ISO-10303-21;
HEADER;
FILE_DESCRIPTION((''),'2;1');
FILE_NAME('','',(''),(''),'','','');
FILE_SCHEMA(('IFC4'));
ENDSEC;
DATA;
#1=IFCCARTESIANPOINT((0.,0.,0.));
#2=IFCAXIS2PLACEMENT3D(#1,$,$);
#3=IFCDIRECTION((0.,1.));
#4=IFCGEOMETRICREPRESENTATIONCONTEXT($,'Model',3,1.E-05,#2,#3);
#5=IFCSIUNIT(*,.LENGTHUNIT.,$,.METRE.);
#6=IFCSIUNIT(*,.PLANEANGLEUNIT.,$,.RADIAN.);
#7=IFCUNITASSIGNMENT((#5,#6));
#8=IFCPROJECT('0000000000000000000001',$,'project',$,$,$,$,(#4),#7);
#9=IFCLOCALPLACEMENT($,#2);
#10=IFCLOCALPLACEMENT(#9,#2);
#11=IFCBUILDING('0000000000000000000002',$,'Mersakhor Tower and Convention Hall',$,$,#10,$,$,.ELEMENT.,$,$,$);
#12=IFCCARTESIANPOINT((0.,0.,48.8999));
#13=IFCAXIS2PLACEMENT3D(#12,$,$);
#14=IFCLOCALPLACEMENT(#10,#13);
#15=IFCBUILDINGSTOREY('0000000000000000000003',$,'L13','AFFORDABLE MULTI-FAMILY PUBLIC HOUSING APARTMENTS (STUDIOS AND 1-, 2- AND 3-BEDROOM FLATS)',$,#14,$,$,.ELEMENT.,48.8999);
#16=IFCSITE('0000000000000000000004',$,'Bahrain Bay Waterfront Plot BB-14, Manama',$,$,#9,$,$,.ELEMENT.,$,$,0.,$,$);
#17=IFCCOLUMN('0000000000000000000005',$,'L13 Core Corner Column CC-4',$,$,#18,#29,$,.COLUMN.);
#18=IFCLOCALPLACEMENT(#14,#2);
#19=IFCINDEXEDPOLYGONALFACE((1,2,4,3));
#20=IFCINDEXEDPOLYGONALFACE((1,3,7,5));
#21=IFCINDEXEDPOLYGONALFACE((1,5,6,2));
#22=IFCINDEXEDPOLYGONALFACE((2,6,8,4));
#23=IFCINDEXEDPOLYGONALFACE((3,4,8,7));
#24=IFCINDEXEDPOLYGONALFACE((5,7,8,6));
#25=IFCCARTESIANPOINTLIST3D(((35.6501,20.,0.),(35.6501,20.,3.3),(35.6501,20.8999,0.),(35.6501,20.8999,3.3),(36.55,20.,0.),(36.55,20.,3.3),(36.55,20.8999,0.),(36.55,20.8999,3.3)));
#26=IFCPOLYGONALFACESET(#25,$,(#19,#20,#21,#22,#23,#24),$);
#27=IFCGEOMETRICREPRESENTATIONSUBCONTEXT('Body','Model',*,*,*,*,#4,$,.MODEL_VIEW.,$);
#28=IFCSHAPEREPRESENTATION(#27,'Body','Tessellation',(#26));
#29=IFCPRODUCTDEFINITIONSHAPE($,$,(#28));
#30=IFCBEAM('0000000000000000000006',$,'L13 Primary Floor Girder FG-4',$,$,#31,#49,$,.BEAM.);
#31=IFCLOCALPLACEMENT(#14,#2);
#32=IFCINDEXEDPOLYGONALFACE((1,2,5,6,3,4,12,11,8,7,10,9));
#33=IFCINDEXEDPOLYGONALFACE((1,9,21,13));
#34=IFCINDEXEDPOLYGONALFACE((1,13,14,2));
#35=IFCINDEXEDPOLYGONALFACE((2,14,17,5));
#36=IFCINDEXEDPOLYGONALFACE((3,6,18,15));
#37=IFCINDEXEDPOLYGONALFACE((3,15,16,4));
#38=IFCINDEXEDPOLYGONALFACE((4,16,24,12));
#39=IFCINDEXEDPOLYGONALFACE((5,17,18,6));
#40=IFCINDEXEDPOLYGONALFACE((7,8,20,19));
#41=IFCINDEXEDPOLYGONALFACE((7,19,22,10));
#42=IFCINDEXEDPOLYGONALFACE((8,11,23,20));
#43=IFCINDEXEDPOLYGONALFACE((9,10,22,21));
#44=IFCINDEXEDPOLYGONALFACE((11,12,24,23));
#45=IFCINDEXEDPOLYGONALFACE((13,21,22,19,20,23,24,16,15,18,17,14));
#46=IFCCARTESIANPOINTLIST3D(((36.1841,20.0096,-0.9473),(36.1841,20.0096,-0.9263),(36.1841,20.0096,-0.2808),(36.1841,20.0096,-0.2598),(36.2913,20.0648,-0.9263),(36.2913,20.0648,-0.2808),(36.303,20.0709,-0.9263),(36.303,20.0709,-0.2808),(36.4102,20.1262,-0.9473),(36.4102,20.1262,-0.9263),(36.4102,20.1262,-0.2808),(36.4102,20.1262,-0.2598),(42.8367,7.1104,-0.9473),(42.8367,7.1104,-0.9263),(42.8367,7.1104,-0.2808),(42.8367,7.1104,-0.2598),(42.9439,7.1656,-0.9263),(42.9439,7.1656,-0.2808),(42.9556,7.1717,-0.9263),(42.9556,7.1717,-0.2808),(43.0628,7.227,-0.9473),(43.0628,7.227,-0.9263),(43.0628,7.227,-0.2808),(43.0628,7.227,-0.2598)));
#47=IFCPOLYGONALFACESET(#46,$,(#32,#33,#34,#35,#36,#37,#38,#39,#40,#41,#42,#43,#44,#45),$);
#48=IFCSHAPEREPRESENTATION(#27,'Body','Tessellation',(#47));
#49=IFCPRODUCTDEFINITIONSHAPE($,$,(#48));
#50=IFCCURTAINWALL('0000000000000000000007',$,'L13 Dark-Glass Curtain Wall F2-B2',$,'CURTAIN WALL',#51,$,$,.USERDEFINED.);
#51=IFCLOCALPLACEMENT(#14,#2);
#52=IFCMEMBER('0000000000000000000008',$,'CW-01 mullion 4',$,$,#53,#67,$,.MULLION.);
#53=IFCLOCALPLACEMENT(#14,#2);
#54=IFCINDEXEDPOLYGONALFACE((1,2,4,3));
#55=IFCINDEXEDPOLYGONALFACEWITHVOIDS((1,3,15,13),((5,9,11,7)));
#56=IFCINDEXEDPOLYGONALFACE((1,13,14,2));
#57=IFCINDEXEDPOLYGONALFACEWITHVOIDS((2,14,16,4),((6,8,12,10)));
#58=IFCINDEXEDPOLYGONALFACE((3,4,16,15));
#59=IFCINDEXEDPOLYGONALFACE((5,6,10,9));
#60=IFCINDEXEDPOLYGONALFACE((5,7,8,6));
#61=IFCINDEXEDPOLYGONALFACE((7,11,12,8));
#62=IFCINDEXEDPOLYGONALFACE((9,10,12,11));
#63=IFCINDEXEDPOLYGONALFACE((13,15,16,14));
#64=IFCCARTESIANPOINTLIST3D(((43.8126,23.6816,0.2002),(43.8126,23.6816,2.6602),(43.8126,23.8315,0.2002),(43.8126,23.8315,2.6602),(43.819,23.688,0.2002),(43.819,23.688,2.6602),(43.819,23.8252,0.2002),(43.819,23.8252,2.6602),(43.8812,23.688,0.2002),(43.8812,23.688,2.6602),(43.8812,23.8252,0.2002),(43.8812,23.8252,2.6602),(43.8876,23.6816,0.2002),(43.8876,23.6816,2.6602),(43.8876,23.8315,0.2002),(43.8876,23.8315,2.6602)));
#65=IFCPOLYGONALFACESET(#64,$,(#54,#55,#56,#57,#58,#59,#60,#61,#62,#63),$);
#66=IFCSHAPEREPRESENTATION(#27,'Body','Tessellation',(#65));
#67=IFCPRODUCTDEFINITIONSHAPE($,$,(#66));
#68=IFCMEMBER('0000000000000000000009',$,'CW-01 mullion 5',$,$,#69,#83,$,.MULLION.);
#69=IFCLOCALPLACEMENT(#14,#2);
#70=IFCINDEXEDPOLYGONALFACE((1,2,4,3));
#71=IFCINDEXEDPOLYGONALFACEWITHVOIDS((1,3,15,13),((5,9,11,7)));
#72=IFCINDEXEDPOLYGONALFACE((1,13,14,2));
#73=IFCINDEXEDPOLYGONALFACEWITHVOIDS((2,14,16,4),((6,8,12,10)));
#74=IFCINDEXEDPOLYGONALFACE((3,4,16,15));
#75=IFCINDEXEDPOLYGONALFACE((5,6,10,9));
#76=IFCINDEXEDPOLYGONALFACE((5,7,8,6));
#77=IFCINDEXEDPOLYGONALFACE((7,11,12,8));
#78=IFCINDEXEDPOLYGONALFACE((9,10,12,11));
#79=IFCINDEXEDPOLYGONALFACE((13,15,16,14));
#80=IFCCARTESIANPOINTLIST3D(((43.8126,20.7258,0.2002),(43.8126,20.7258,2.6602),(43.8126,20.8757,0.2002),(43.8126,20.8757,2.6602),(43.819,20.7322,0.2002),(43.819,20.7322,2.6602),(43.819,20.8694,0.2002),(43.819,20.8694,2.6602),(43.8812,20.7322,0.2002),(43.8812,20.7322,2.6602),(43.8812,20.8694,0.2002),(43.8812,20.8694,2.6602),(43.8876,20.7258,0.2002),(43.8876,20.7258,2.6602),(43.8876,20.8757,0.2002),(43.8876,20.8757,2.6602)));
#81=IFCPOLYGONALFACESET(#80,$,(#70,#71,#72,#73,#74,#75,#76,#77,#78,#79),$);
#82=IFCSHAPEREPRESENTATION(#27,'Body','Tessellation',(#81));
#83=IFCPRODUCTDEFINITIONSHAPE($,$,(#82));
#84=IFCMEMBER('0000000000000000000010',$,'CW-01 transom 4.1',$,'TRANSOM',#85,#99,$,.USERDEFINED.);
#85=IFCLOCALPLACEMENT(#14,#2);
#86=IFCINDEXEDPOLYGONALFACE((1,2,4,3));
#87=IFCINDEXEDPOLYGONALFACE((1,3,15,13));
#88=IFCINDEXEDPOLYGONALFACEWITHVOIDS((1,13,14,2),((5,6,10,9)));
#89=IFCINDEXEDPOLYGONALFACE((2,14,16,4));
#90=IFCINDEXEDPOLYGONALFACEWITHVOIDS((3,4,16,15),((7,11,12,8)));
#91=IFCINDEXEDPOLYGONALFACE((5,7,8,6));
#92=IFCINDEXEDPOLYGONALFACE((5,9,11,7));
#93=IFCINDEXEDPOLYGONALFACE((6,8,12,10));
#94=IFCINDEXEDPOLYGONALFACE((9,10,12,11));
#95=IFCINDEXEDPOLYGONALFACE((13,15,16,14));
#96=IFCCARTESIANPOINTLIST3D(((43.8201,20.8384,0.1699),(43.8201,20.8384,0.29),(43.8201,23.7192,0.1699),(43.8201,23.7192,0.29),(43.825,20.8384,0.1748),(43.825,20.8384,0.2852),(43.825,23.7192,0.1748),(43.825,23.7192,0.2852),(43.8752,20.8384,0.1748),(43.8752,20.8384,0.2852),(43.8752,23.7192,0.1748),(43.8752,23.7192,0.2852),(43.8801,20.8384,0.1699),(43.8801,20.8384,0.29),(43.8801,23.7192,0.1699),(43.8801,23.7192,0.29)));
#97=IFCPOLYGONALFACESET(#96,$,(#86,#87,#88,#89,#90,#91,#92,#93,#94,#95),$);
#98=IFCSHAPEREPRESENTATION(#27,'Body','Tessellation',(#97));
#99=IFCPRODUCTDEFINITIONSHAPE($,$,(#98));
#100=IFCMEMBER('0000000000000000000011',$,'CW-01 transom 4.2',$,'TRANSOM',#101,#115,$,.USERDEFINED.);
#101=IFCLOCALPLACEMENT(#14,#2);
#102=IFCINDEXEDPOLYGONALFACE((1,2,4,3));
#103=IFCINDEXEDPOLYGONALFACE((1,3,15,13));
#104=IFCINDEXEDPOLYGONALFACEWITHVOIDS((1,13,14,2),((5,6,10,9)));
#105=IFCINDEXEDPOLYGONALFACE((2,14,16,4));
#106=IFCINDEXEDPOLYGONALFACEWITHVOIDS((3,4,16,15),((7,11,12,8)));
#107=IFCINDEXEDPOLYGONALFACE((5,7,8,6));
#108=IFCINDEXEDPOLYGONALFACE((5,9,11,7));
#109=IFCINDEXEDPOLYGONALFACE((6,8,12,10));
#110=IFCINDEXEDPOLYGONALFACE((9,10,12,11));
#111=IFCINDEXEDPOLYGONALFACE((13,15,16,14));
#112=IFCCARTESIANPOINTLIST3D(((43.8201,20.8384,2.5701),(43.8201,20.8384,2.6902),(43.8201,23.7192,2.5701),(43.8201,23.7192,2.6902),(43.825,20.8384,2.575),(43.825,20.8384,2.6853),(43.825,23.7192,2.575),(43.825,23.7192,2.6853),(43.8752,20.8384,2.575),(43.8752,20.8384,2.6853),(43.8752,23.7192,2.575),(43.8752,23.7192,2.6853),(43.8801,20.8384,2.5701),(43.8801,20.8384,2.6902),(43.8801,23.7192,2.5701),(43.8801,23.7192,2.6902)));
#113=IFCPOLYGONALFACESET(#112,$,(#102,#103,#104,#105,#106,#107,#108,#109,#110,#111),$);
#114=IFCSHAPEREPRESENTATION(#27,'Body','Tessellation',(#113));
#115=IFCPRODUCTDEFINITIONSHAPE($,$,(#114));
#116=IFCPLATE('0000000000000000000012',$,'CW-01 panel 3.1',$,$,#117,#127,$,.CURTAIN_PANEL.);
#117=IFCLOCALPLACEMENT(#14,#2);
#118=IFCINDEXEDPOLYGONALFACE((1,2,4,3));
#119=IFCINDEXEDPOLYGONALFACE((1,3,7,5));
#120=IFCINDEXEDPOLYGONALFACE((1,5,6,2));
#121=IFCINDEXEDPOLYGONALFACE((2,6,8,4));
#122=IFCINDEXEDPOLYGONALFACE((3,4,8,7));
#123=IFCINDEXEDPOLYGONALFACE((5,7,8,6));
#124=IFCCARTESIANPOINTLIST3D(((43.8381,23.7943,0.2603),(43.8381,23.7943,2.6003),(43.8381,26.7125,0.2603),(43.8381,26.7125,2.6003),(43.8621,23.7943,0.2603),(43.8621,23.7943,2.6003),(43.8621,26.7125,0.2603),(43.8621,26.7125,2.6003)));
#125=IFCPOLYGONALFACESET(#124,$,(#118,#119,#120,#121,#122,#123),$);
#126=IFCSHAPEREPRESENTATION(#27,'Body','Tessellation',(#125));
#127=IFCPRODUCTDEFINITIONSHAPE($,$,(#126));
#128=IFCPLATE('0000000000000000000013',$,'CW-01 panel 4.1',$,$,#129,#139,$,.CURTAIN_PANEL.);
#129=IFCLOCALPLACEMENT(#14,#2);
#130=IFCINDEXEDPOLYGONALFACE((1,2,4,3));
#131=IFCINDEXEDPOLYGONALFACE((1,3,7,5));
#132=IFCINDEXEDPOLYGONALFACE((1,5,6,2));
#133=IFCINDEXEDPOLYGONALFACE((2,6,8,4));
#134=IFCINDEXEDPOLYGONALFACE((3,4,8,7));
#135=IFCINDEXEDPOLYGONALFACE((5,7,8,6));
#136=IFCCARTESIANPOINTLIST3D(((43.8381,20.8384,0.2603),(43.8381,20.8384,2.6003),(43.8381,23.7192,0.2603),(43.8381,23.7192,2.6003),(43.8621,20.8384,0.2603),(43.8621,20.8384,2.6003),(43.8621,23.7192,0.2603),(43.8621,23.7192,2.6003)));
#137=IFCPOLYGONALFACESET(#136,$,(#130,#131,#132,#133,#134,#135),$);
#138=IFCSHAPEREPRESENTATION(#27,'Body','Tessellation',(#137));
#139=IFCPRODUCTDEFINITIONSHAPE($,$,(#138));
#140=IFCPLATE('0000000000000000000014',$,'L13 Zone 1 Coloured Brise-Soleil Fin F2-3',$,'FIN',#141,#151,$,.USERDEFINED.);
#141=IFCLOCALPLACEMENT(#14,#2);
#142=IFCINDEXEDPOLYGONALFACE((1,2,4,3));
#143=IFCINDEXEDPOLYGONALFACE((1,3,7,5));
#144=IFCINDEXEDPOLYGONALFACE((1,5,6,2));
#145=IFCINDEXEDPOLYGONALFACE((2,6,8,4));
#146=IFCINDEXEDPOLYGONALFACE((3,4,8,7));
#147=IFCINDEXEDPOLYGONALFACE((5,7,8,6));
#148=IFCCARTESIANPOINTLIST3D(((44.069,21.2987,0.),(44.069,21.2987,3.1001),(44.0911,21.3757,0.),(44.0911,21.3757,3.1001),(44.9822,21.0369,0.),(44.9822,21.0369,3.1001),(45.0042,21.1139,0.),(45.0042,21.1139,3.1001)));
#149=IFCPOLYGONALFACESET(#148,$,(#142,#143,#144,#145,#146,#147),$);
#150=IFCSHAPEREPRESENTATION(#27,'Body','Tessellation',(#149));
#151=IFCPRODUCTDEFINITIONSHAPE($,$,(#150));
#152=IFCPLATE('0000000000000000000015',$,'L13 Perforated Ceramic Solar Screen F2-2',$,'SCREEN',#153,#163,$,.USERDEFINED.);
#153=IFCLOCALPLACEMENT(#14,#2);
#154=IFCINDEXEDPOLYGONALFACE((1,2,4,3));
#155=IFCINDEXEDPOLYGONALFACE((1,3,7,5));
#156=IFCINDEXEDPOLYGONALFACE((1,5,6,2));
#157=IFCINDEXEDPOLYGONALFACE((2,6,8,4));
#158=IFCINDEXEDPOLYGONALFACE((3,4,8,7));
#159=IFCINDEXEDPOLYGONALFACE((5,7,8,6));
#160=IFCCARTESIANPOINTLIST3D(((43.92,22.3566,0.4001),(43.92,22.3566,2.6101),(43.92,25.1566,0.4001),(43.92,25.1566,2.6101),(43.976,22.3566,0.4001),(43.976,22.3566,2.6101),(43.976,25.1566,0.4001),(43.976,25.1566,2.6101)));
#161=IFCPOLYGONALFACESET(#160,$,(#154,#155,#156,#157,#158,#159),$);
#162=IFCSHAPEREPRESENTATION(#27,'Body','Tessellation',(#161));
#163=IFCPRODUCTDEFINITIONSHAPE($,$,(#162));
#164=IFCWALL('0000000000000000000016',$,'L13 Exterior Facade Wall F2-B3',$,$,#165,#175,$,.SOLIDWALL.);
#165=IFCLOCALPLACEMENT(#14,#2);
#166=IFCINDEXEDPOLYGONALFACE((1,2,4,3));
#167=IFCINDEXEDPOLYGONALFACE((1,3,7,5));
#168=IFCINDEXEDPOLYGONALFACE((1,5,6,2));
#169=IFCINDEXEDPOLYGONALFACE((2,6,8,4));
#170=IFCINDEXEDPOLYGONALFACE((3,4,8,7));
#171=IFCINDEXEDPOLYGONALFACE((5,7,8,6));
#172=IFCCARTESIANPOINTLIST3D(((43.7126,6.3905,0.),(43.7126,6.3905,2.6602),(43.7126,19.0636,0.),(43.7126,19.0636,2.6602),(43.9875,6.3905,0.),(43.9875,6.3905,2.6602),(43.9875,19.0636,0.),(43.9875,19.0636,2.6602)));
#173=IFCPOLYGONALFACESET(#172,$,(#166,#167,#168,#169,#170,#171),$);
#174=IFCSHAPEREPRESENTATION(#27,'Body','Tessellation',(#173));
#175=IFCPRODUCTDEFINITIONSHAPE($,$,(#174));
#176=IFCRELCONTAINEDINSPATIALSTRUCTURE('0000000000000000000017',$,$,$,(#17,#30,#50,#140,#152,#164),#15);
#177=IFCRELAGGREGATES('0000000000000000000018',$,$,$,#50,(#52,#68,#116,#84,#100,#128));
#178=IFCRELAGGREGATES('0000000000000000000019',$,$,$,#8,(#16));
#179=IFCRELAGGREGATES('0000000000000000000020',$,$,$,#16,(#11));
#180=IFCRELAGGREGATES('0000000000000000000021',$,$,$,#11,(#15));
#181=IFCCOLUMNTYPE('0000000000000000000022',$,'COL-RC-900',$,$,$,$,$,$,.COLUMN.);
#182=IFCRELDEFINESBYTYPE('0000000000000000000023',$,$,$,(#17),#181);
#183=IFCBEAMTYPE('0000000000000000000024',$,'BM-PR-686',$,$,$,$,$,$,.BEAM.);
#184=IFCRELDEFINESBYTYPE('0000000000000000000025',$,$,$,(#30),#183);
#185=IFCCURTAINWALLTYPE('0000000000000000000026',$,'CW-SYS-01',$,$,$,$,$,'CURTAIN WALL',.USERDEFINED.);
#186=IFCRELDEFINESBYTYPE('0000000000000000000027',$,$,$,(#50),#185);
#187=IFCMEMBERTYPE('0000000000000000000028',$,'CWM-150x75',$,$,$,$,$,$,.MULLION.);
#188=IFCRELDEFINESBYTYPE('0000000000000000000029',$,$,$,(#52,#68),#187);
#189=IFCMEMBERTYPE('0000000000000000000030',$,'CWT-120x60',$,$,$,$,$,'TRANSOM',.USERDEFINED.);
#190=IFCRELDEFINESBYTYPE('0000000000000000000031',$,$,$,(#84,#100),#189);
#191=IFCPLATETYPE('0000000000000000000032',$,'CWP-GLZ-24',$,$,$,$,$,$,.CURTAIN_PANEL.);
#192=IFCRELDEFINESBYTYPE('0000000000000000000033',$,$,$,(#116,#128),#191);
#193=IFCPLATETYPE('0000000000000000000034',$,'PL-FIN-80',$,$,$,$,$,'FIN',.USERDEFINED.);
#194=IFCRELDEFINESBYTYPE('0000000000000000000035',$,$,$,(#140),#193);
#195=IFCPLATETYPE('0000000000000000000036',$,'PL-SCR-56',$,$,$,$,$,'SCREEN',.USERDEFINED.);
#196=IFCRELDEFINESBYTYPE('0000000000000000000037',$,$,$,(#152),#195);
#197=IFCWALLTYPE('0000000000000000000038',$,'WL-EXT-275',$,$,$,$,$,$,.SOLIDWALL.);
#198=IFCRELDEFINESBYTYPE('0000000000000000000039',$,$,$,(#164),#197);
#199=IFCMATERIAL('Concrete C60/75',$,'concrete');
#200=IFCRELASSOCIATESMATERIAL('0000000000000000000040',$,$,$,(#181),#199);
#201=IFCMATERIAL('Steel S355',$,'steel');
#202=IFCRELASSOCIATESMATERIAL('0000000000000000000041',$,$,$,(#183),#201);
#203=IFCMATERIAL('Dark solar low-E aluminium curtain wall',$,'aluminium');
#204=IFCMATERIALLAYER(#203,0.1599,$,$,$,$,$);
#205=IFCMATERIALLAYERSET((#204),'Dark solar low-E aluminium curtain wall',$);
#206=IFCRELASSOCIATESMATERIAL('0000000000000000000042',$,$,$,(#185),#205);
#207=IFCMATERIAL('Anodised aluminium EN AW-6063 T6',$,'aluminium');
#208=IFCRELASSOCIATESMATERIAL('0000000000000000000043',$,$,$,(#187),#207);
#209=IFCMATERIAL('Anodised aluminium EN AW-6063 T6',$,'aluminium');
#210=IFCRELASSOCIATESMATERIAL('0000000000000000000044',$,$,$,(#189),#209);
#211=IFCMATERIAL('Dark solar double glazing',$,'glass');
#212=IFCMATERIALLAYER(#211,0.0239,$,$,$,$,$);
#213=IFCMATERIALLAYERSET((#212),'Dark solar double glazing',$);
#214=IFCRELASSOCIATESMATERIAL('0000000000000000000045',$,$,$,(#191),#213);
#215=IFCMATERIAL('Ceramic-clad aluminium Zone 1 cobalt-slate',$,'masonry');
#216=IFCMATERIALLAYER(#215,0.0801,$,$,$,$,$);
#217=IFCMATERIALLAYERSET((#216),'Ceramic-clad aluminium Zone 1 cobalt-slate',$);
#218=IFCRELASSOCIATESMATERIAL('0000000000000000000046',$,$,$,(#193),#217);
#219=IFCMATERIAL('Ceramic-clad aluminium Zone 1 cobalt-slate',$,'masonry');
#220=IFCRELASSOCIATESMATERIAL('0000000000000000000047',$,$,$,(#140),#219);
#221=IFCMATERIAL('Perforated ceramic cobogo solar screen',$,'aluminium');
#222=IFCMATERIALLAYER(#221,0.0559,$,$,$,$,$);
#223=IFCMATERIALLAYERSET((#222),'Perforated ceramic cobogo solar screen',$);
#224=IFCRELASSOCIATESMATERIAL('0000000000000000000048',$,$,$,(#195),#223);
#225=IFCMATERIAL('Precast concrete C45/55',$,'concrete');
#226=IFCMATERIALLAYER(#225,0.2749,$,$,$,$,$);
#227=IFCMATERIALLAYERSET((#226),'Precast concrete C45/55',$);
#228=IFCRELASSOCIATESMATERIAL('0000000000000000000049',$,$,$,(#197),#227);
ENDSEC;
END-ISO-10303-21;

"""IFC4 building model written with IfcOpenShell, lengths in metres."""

from ifc_helpers import new_model, si_unit, direction, frame, frame_2d, origin, origin_2d, place, context, subcontext, project, spatial, rectangle, hollow_rectangle, i_section, extrude, material, layer, layer_set, material_profile, profile_set, type_object, element, aggregate, save


model = new_model("IFC4")

# Units and contexts
model_context = context("Model", 3, precision=1e-05, world=origin(), true_north=direction((0.0, 1.0)))
body_context = subcontext(model_context, "Body", "Model", "MODEL_VIEW")
ifc_project = project(units=[si_unit("LENGTHUNIT", "METRE"), si_unit("PLANEANGLEUNIT", "RADIAN")], contexts=[model_context])

# Site, building, storey
site_placement = place(None, origin())
site = spatial("IfcSite", under=ifc_project, at=site_placement, Name="Bahrain Bay Waterfront Plot BB-14, Manama", CompositionType="ELEMENT", RefElevation=0.0)
building_placement = place(site_placement, origin())
building = spatial("IfcBuilding", under=site, at=building_placement, Name="Mersakhor Tower and Convention Hall", CompositionType="ELEMENT")
storey_placement = place(building_placement, frame((0.0, 0.0, 48.8999)))
storey = spatial("IfcBuildingStorey", under=building, at=storey_placement, Name="L13", Description="AFFORDABLE MULTI-FAMILY PUBLIC HOUSING APARTMENTS (STUDIOS AND 1-, 2- AND 3-BEDROOM FLATS)", CompositionType="ELEMENT", Elevation=48.8999)

# Column
ifc_material_1 = material(Name="Concrete C60/75", Category="concrete")
ifc_material_profile_1 = material_profile(ifc_material_1, rectangle(XDim=0.8999, YDim=0.8999, at=origin_2d()), Name="RC 900x900")
ifc_profile_set_1 = profile_set([ifc_material_profile_1], Name="Concrete C60/75")
column_type = type_object("IfcColumnType", Name="COL-RC-900", PredefinedType="COLUMN", material=ifc_profile_set_1)
column_placement = place(storey_placement, frame((36.1001, 20.45, 0.0), z_axis=(0.0, 0.0, 1.0), x_axis=(1.0, 0.0, 0.0)))
element("IfcColumn", 1, at=column_placement, inside=storey, type_object=column_type, Name="L13 Core Corner Column CC-4", PredefinedType="COLUMN", context=body_context, shape_type="SweptSolid", body=[
    extrude(rectangle(XDim=0.8999, YDim=0.8999, at=origin_2d()), origin(), (0.0, 0.0, 1.0), 3.3),
])

# Beam
ifc_material_2 = material(Name="Steel S355", Category="steel")
ifc_material_profile_2 = material_profile(ifc_material_2, i_section(OverallWidth=0.2544, OverallDepth=0.6875, WebThickness=0.0132, FlangeThickness=0.021, at=origin_2d()), Name="UB 686x254x152")
ifc_profile_set_2 = profile_set([ifc_material_profile_2], Name="Steel S355")
beam_type = type_object("IfcBeamType", Name="BM-PR-686", PredefinedType="BEAM", material=ifc_profile_set_2)
beam_placement = place(storey_placement, frame((36.2971, 20.0679, -0.6035), z_axis=(0.458368, -0.888762, 0.0), x_axis=(0.888762, 0.458368, 0.0)))
element("IfcBeam", 2, at=beam_placement, inside=storey, type_object=beam_type, Name="L13 Primary Floor Girder FG-4", PredefinedType="BEAM", context=body_context, shape_type="SweptSolid", body=[
    extrude(i_section(OverallWidth=0.2544, OverallDepth=0.6875, WebThickness=0.0132, FlangeThickness=0.021, at=origin_2d()), origin(), (0.0, 0.0, 1.0), 14.5137),
])

# Curtain wall, members, plates
ifc_material_3 = material(Name="Dark solar low-E aluminium curtain wall", Category="aluminium")
ifc_layer_1 = layer(ifc_material_3, 0.1599)
ifc_layer_set_1 = layer_set([ifc_layer_1], Name="Dark solar low-E aluminium curtain wall")
curtain_wall_type = type_object("IfcCurtainWallType", Name="CW-SYS-01", ElementType="CURTAIN WALL", PredefinedType="USERDEFINED", material=ifc_layer_set_1)
curtain_wall_placement = place(storey_placement, origin())
curtain_wall = element("IfcCurtainWall", 3, at=curtain_wall_placement, inside=storey, type_object=curtain_wall_type, Name="L13 Dark-Glass Curtain Wall F2-B2", ObjectType="CURTAIN WALL", PredefinedType="USERDEFINED")
ifc_material_4 = material(Name="Anodised aluminium EN AW-6063 T6", Category="aluminium")
ifc_material_profile_3 = material_profile(ifc_material_4, hollow_rectangle(XDim=0.075, YDim=0.1499, WallThickness=0.0063, at=origin_2d()), Name="RHS 150x75x6.3")
ifc_profile_set_3 = profile_set([ifc_material_profile_3], Name="Anodised aluminium EN AW-6063 T6")
member_type_1 = type_object("IfcMemberType", Name="CWM-150x75", PredefinedType="MULLION", material=ifc_profile_set_3)
member_1_placement = place(storey_placement, frame((43.8501, 23.7566, 0.2002), z_axis=(0.0, 0.0, 1.0), x_axis=(1.0, 0.0, 0.0)))
member_1 = element("IfcMember", 4, at=member_1_placement, type_object=member_type_1, Name="CW-01 mullion 4", PredefinedType="MULLION", context=body_context, shape_type="SweptSolid", body=[
    extrude(hollow_rectangle(XDim=0.075, YDim=0.1499, WallThickness=0.0063, at=origin_2d()), origin(), (0.0, 0.0, 1.0), 2.46),
])
member_2_placement = place(storey_placement, frame((43.8501, 20.8008, 0.2002), z_axis=(0.0, 0.0, 1.0), x_axis=(1.0, 0.0, 0.0)))
member_2 = element("IfcMember", 5, at=member_2_placement, type_object=member_type_1, Name="CW-01 mullion 5", PredefinedType="MULLION", context=body_context, shape_type="SweptSolid", body=[
    extrude(hollow_rectangle(XDim=0.075, YDim=0.1499, WallThickness=0.0063, at=origin_2d()), origin(), (0.0, 0.0, 1.0), 2.46),
])
ifc_material_5 = material(Name="Anodised aluminium EN AW-6063 T6", Category="aluminium")
ifc_material_profile_4 = material_profile(ifc_material_5, hollow_rectangle(XDim=0.0601, YDim=0.1201, WallThickness=0.0049, at=origin_2d()), Name="RHS 120x60x5")
ifc_profile_set_4 = profile_set([ifc_material_profile_4], Name="Anodised aluminium EN AW-6063 T6")
member_type_2 = type_object("IfcMemberType", Name="CWT-120x60", ElementType="TRANSOM", PredefinedType="USERDEFINED", material=ifc_profile_set_4)
member_3_placement = place(storey_placement, frame((43.8501, 23.7192, 0.23), z_axis=(0.0, -1.0, 0.0), x_axis=(1.0, 0.0, 0.0)))
member_3 = element("IfcMember", 6, at=member_3_placement, type_object=member_type_2, Name="CW-01 transom 4.1", ObjectType="TRANSOM", PredefinedType="USERDEFINED", context=body_context, shape_type="SweptSolid", body=[
    extrude(hollow_rectangle(XDim=0.0601, YDim=0.1201, WallThickness=0.0049, at=origin_2d()), origin(), (0.0, 0.0, 1.0), 2.8809),
])
member_4_placement = place(storey_placement, frame((43.8501, 23.7192, 2.6301), z_axis=(0.0, -1.0, 0.0), x_axis=(1.0, 0.0, 0.0)))
member_4 = element("IfcMember", 7, at=member_4_placement, type_object=member_type_2, Name="CW-01 transom 4.2", ObjectType="TRANSOM", PredefinedType="USERDEFINED", context=body_context, shape_type="SweptSolid", body=[
    extrude(hollow_rectangle(XDim=0.0601, YDim=0.1201, WallThickness=0.0049, at=origin_2d()), origin(), (0.0, 0.0, 1.0), 2.8809),
])
ifc_material_6 = material(Name="Dark solar double glazing", Category="glass")
ifc_layer_2 = layer(ifc_material_6, 0.0239)
ifc_layer_set_2 = layer_set([ifc_layer_2], Name="Dark solar double glazing")
plate_type_1 = type_object("IfcPlateType", Name="CWP-GLZ-24", PredefinedType="CURTAIN_PANEL", material=ifc_layer_set_2)
plate_1_placement = place(storey_placement, frame((43.8501, 25.2534, 0.2603), z_axis=(0.0, 0.0, 1.0), x_axis=(0.0, -1.0, 0.0)))
plate_1 = element("IfcPlate", 8, at=plate_1_placement, type_object=plate_type_1, Name="CW-01 panel 3.1", PredefinedType="CURTAIN_PANEL", context=body_context, shape_type="SweptSolid", body=[
    extrude(rectangle(XDim=2.9182, YDim=0.0239, at=origin_2d()), origin(), (0.0, 0.0, 1.0), 2.3401),
])
plate_2_placement = place(storey_placement, frame((43.8501, 22.2788, 0.2603), z_axis=(0.0, 0.0, 1.0), x_axis=(0.0, -1.0, 0.0)))
plate_2 = element("IfcPlate", 9, at=plate_2_placement, type_object=plate_type_1, Name="CW-01 panel 4.1", PredefinedType="CURTAIN_PANEL", context=body_context, shape_type="SweptSolid", body=[
    extrude(rectangle(XDim=2.8809, YDim=0.0239, at=origin_2d()), origin(), (0.0, 0.0, 1.0), 2.3401),
])
aggregate(curtain_wall, [member_1, member_2, plate_1, member_3, member_4, plate_2])

# Plates
ifc_material_7 = material(Name="Ceramic-clad aluminium Zone 1 cobalt-slate", Category="masonry")
ifc_material_8 = material(Name="Ceramic-clad aluminium Zone 1 cobalt-slate", Category="masonry")
ifc_layer_3 = layer(ifc_material_8, 0.0801)
ifc_layer_set_3 = layer_set([ifc_layer_3], Name="Ceramic-clad aluminium Zone 1 cobalt-slate")
plate_type_2 = type_object("IfcPlateType", Name="PL-FIN-80", ElementType="FIN", PredefinedType="USERDEFINED", material=ifc_layer_set_3)
plate_3_placement = place(storey_placement, frame((44.5366, 21.2063, 0.0), z_axis=(0.0, 0.0, 1.0), x_axis=(0.961262, -0.275637, 0.0)))
element("IfcPlate", 10, at=plate_3_placement, inside=storey, type_object=plate_type_2, material=ifc_material_7, Name="L13 Zone 1 Coloured Brise-Soleil Fin F2-3", ObjectType="FIN", PredefinedType="USERDEFINED", context=body_context, shape_type="SweptSolid", body=[
    extrude(rectangle(XDim=0.95, YDim=0.0801, at=origin_2d()), origin(), (0.0, 0.0, 1.0), 3.1001),
])
ifc_material_9 = material(Name="Perforated ceramic cobogo solar screen", Category="aluminium")
ifc_layer_4 = layer(ifc_material_9, 0.0559)
ifc_layer_set_4 = layer_set([ifc_layer_4], Name="Perforated ceramic cobogo solar screen")
plate_type_3 = type_object("IfcPlateType", Name="PL-SCR-56", ElementType="SCREEN", PredefinedType="USERDEFINED", material=ifc_layer_set_4)
plate_4_placement = place(storey_placement, frame((43.948, 23.7566, 0.4001), z_axis=(0.0, 0.0, 1.0), x_axis=(0.0, -1.0, 0.0)))
element("IfcPlate", 11, at=plate_4_placement, inside=storey, type_object=plate_type_3, Name="L13 Perforated Ceramic Solar Screen F2-2", ObjectType="SCREEN", PredefinedType="USERDEFINED", context=body_context, shape_type="SweptSolid", body=[
    extrude(rectangle(XDim=2.8, YDim=0.0559, at=origin_2d()), origin(), (0.0, 0.0, 1.0), 2.21),
])

# Wall
ifc_material_10 = material(Name="Precast concrete C45/55", Category="concrete")
ifc_layer_5 = layer(ifc_material_10, 0.2749)
ifc_layer_set_5 = layer_set([ifc_layer_5], Name="Precast concrete C45/55")
wall_type_1 = type_object("IfcWallType", Name="WL-EXT-275", PredefinedType="SOLIDWALL", material=ifc_layer_set_5)
wall_1_placement = place(storey_placement, frame((43.8501, 19.0635, 0.0), z_axis=(0.0, 0.0, 1.0), x_axis=(0.0, -1.0, 0.0)))
element("IfcWall", 12, at=wall_1_placement, inside=storey, type_object=wall_type_1, Name="L13 Exterior Facade Wall F2-B3", PredefinedType="SOLIDWALL", context=body_context, shape_type="SweptSolid", body=[
    extrude(rectangle(XDim=12.6731, YDim=0.2749, at=frame_2d((6.3364, 0.0))), origin(), (0.0, 0.0, 1.0), 2.6602),
])

save(model, "model.ifc")
